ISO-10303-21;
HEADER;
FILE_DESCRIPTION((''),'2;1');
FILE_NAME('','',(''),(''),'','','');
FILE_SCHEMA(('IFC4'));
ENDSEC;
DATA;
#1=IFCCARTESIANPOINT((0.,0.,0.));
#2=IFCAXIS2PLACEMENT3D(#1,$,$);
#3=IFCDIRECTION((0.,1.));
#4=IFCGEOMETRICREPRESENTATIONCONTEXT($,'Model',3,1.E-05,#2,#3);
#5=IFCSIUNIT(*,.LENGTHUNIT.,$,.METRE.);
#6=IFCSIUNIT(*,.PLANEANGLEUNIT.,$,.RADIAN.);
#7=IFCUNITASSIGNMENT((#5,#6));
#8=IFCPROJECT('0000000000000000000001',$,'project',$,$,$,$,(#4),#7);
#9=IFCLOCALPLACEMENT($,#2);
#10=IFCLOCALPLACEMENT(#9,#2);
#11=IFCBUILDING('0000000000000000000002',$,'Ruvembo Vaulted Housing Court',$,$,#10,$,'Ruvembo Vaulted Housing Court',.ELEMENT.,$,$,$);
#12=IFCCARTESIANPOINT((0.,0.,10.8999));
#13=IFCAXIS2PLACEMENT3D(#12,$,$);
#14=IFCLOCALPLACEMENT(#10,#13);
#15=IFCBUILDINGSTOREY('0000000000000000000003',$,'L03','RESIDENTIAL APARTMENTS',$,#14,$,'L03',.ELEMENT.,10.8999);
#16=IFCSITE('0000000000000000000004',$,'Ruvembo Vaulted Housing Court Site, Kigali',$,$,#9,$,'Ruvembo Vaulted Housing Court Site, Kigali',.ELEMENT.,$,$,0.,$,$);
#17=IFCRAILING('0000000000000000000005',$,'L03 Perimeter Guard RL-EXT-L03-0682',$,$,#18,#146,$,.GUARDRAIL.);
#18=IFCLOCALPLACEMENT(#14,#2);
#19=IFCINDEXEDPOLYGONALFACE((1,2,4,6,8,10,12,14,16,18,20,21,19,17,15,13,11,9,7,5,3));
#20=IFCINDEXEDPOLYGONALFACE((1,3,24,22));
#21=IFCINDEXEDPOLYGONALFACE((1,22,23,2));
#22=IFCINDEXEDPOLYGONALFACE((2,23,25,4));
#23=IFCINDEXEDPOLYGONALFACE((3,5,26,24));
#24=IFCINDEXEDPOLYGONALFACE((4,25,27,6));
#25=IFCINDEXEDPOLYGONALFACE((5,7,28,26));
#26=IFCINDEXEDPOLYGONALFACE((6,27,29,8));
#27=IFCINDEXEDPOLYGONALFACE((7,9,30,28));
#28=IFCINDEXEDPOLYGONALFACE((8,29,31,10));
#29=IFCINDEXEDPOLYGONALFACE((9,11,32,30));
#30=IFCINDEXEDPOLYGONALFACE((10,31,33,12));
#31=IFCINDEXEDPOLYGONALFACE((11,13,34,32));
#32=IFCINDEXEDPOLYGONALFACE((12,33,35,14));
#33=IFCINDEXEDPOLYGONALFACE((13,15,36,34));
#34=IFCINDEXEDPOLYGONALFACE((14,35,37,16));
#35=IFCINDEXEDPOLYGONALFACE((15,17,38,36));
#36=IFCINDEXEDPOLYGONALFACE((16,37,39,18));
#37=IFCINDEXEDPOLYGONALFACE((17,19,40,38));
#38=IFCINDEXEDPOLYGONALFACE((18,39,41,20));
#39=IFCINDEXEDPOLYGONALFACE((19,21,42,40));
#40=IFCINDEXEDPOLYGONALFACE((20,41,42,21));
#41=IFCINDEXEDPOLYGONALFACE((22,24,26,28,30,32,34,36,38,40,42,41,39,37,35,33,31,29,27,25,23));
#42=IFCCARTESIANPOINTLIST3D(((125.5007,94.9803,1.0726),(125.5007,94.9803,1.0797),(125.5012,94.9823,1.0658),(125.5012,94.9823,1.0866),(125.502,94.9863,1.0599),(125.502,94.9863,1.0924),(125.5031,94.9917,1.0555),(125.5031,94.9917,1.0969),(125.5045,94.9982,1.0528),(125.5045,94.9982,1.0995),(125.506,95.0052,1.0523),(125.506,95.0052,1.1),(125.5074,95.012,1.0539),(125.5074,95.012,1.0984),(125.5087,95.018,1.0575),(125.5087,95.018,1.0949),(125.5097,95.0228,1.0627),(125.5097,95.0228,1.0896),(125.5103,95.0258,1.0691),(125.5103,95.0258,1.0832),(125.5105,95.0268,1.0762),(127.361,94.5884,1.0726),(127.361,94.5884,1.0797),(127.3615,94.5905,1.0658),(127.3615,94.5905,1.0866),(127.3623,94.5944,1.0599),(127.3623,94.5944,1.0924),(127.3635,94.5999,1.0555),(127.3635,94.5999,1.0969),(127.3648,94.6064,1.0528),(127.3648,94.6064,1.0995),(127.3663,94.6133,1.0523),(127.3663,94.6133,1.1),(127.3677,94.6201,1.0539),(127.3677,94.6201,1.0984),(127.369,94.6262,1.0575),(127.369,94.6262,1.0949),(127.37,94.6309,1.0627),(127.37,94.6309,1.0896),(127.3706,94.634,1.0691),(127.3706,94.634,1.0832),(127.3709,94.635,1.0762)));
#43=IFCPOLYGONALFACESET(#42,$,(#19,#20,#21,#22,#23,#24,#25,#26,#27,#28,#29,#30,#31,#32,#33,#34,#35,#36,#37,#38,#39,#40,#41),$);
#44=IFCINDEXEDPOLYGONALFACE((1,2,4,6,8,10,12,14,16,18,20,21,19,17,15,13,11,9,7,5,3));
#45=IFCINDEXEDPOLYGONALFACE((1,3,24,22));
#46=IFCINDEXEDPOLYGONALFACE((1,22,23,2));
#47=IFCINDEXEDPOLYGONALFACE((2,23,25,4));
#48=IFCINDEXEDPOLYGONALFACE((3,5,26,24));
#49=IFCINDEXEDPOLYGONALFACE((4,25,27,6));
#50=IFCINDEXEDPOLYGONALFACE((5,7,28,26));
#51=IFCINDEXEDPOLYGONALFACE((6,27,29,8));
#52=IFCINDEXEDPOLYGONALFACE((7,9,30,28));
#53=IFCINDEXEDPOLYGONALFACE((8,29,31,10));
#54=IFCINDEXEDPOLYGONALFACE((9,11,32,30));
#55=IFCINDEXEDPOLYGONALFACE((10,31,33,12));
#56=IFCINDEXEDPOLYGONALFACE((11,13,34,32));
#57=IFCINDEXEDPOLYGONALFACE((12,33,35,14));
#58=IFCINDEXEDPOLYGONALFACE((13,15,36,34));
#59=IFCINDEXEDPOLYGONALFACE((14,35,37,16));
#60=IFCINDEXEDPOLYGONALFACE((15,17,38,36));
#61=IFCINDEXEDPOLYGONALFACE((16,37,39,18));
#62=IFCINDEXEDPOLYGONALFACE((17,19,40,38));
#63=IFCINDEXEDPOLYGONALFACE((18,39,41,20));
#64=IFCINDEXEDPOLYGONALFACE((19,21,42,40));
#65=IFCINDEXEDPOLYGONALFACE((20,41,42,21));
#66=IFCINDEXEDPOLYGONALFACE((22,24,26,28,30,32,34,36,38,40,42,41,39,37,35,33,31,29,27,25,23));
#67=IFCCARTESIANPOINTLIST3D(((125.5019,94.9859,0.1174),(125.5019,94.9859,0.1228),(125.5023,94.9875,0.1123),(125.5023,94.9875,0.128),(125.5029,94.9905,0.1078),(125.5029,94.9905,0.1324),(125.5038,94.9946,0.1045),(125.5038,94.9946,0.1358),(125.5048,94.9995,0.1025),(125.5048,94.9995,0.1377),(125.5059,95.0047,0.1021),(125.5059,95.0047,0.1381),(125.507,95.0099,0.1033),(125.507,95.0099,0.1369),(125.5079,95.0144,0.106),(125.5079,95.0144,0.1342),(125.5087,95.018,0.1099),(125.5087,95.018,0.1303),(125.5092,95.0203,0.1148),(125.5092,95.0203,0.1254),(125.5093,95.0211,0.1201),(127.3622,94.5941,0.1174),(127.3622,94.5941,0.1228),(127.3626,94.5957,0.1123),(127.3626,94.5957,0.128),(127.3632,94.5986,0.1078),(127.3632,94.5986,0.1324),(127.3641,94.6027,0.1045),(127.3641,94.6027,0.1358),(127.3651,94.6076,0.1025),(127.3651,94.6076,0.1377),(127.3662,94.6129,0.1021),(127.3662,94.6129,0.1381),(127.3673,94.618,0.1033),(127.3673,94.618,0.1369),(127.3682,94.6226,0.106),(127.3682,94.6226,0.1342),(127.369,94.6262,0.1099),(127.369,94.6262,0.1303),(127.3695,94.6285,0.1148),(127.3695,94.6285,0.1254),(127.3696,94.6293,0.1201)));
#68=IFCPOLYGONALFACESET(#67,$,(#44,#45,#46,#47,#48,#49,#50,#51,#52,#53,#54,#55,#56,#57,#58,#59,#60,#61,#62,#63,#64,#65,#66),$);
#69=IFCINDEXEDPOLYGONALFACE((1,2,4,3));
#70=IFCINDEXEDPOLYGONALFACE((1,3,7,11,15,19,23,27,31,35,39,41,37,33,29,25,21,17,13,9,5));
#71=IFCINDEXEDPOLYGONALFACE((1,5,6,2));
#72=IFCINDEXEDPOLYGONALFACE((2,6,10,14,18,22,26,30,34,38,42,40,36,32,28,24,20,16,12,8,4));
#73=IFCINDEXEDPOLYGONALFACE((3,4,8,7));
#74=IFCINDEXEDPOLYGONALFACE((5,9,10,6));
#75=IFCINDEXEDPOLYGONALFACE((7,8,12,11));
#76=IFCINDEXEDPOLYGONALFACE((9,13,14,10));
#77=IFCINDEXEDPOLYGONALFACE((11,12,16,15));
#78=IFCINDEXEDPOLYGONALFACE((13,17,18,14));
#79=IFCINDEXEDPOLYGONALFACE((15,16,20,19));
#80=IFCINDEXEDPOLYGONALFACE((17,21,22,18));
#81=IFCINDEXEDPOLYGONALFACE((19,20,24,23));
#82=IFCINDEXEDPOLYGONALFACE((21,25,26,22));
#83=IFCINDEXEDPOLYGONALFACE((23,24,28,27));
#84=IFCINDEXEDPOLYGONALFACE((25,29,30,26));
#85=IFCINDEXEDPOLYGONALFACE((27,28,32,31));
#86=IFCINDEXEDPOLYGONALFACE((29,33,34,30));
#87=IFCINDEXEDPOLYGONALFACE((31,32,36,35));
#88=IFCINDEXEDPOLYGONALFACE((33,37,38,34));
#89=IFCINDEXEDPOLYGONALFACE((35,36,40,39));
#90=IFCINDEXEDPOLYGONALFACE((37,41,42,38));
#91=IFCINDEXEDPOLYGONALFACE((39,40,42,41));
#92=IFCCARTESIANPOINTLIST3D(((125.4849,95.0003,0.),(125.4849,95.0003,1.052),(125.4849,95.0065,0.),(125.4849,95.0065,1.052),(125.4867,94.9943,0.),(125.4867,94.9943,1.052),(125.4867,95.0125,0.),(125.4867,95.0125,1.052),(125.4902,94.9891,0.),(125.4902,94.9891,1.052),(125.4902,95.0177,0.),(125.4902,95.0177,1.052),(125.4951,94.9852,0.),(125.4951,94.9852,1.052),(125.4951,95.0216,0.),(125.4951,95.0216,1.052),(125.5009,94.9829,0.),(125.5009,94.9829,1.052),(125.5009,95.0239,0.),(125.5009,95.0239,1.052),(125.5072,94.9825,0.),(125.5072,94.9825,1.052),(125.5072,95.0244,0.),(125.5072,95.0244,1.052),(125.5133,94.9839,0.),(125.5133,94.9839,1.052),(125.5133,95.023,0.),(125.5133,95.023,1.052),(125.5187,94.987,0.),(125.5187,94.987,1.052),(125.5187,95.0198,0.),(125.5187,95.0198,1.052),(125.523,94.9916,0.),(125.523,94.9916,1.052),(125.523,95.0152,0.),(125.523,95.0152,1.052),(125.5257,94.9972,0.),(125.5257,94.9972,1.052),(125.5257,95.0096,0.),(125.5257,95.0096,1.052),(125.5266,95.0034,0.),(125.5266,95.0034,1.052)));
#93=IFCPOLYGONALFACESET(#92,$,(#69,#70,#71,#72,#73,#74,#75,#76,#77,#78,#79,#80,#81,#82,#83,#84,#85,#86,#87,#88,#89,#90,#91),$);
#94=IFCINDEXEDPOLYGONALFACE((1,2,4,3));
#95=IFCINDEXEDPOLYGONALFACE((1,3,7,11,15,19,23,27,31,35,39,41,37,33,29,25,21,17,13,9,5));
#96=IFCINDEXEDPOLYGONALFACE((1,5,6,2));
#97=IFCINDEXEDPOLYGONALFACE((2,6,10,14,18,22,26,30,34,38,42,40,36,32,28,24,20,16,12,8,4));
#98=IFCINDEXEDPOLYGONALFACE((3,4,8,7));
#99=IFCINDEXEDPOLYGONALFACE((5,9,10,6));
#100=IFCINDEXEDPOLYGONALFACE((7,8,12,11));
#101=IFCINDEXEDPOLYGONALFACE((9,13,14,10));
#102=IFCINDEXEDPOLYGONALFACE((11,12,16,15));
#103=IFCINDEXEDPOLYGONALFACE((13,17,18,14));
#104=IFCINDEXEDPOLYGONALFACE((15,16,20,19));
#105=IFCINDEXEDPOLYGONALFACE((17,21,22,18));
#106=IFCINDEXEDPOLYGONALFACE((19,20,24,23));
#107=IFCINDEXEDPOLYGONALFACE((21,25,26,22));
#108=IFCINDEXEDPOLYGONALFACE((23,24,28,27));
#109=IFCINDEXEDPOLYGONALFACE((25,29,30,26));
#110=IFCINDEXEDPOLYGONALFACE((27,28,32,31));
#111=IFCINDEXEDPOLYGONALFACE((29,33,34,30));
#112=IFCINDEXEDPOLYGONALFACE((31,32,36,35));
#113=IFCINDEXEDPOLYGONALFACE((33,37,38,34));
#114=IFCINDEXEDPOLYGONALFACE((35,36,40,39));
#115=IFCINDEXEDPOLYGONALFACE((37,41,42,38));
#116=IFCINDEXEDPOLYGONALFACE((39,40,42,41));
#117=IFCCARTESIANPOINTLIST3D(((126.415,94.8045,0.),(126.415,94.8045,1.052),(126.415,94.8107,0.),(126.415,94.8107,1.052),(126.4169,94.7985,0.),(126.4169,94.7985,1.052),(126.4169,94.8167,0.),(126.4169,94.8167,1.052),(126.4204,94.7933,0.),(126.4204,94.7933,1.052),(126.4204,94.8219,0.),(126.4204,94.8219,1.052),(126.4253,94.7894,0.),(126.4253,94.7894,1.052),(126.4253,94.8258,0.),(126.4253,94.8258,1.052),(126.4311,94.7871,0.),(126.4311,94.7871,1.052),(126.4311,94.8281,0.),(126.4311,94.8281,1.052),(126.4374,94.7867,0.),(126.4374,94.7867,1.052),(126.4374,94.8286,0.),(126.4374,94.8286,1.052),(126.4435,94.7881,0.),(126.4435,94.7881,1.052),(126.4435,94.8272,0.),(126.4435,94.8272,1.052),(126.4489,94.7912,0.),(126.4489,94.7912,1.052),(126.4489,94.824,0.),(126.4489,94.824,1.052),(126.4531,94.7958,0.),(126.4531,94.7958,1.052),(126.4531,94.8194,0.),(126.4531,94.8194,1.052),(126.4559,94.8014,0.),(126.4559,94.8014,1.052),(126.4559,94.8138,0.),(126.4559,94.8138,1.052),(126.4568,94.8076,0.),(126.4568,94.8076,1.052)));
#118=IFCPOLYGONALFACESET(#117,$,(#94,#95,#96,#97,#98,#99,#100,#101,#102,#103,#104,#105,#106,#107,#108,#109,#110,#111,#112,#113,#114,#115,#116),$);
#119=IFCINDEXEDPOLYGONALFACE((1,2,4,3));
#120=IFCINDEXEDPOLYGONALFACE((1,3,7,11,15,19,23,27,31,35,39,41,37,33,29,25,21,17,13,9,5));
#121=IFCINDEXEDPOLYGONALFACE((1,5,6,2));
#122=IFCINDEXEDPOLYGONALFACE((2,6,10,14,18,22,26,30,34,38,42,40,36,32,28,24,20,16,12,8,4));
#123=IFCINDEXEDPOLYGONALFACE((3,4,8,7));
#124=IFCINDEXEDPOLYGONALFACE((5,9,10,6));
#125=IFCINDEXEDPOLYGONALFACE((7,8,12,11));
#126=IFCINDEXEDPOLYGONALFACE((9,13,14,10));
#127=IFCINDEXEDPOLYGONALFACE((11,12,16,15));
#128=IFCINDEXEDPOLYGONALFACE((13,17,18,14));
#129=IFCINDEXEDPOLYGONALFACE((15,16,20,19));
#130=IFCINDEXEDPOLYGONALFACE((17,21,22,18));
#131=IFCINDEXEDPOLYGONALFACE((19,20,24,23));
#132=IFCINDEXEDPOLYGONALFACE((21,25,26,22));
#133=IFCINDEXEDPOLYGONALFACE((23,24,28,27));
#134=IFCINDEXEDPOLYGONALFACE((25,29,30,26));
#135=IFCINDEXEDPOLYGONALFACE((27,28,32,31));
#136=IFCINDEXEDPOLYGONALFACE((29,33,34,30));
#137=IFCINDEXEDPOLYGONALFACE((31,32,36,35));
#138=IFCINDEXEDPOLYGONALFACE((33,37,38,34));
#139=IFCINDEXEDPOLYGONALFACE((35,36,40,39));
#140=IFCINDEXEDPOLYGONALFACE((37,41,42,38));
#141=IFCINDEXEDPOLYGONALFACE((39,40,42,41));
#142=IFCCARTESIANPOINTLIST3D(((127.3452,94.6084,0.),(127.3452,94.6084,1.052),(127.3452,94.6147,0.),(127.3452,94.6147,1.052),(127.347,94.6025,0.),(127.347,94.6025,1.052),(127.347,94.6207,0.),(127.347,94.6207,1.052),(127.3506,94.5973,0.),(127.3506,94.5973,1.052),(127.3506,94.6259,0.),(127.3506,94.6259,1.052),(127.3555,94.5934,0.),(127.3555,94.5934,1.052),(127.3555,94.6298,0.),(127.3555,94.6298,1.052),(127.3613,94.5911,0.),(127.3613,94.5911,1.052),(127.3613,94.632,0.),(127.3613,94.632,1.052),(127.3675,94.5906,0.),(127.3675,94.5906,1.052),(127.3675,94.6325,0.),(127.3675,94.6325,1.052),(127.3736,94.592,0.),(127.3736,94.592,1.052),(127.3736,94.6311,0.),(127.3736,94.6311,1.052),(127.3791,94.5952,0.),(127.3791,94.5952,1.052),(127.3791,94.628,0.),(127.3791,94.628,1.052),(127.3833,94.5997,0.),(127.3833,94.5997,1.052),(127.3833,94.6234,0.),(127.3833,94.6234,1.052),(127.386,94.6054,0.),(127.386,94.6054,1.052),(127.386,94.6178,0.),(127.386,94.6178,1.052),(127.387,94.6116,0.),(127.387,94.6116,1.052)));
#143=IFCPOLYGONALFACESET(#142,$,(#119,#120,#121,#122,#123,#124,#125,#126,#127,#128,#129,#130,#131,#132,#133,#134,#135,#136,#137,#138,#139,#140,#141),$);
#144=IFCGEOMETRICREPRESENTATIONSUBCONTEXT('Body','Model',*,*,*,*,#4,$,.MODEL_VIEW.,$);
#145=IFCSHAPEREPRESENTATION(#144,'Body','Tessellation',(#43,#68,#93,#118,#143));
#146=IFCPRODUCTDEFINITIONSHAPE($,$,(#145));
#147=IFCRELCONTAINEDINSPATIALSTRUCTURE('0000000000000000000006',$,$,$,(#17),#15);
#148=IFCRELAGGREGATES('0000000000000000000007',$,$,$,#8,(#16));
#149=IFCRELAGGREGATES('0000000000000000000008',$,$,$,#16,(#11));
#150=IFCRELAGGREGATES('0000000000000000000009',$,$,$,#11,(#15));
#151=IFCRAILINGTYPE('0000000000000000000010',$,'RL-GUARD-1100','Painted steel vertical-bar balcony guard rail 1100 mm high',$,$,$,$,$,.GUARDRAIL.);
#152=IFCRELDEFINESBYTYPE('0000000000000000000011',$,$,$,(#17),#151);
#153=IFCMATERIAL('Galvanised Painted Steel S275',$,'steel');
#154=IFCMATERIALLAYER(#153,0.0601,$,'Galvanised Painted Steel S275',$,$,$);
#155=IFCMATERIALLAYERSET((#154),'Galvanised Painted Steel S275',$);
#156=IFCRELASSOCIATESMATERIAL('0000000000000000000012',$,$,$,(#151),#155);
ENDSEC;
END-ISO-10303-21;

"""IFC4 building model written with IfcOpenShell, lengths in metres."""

from ifc_helpers import new_model, si_unit, direction, frame, origin, origin_2d, place, context, subcontext, project, spatial, circle, extrude, material, layer, layer_set, type_object, element, save


model = new_model("IFC4")

# Units and contexts
model_context = context("Model", 3, precision=1e-05, world=origin(), true_north=direction((0.0, 1.0)))
body_context = subcontext(model_context, "Body", "Model", "MODEL_VIEW")
ifc_project = project(units=[si_unit("LENGTHUNIT", "METRE"), si_unit("PLANEANGLEUNIT", "RADIAN")], contexts=[model_context])

# Site, building, storey
site_placement = place(None, origin())
site = spatial("IfcSite", under=ifc_project, at=site_placement, Name="Ruvembo Vaulted Housing Court Site, Kigali", LongName="Ruvembo Vaulted Housing Court Site, Kigali", CompositionType="ELEMENT", RefElevation=0.0)
building_placement = place(site_placement, origin())
building = spatial("IfcBuilding", under=site, at=building_placement, Name="Ruvembo Vaulted Housing Court", LongName="Ruvembo Vaulted Housing Court", CompositionType="ELEMENT")
storey_placement = place(building_placement, frame((0.0, 0.0, 10.8999)))
storey = spatial("IfcBuildingStorey", under=building, at=storey_placement, Name="L03", Description="RESIDENTIAL APARTMENTS", LongName="L03", CompositionType="ELEMENT", Elevation=10.8999)

# Railing
ifc_material_1 = material(Name="Galvanised Painted Steel S275", Category="steel")
ifc_layer = layer(ifc_material_1, 0.0601, Name="Galvanised Painted Steel S275")
ifc_layer_set = layer_set([ifc_layer], Name="Galvanised Painted Steel S275")
railing_type = type_object("IfcRailingType", Name="RL-GUARD-1100", Description="Painted steel vertical-bar balcony guard rail 1100 mm high", PredefinedType="GUARDRAIL", material=ifc_layer_set)
railing_1_placement = place(storey_placement, frame((125.5056, 95.0034, 0.0)))
element("IfcRailing", 1, at=railing_1_placement, inside=storey, type_object=railing_type, Name="L03 Perimeter Guard RL-EXT-L03-0682", PredefinedType="GUARDRAIL", context=body_context, shape_type="SweptSolid", body=[
    extrude(circle(Radius=0.0239, at=origin_2d()), frame((0.0, 0.0, 1.0762), z_axis=(0.978529, -0.206108, 0.0), x_axis=(0.206108, 0.978529, 0.0)), (0.0, 0.0, 1.0), 1.9011),
    extrude(circle(Radius=0.0181, at=origin_2d()), frame((0.0, 0.0, 0.1201), z_axis=(0.978529, -0.206108, 0.0), x_axis=(0.206108, 0.978529, 0.0)), (0.0, 0.0, 1.0), 1.9011),
    extrude(circle(Radius=0.021, at=origin_2d()), origin(), (0.0, 0.0, 1.0), 1.052),
    extrude(circle(Radius=0.021, at=origin_2d()), frame((0.9302, -0.1958, 0.0)), (0.0, 0.0, 1.0), 1.052),
    extrude(circle(Radius=0.021, at=origin_2d()), frame((1.8604, -0.3918, 0.0)), (0.0, 0.0, 1.0), 1.052),
])

save(model, "model.ifc")
